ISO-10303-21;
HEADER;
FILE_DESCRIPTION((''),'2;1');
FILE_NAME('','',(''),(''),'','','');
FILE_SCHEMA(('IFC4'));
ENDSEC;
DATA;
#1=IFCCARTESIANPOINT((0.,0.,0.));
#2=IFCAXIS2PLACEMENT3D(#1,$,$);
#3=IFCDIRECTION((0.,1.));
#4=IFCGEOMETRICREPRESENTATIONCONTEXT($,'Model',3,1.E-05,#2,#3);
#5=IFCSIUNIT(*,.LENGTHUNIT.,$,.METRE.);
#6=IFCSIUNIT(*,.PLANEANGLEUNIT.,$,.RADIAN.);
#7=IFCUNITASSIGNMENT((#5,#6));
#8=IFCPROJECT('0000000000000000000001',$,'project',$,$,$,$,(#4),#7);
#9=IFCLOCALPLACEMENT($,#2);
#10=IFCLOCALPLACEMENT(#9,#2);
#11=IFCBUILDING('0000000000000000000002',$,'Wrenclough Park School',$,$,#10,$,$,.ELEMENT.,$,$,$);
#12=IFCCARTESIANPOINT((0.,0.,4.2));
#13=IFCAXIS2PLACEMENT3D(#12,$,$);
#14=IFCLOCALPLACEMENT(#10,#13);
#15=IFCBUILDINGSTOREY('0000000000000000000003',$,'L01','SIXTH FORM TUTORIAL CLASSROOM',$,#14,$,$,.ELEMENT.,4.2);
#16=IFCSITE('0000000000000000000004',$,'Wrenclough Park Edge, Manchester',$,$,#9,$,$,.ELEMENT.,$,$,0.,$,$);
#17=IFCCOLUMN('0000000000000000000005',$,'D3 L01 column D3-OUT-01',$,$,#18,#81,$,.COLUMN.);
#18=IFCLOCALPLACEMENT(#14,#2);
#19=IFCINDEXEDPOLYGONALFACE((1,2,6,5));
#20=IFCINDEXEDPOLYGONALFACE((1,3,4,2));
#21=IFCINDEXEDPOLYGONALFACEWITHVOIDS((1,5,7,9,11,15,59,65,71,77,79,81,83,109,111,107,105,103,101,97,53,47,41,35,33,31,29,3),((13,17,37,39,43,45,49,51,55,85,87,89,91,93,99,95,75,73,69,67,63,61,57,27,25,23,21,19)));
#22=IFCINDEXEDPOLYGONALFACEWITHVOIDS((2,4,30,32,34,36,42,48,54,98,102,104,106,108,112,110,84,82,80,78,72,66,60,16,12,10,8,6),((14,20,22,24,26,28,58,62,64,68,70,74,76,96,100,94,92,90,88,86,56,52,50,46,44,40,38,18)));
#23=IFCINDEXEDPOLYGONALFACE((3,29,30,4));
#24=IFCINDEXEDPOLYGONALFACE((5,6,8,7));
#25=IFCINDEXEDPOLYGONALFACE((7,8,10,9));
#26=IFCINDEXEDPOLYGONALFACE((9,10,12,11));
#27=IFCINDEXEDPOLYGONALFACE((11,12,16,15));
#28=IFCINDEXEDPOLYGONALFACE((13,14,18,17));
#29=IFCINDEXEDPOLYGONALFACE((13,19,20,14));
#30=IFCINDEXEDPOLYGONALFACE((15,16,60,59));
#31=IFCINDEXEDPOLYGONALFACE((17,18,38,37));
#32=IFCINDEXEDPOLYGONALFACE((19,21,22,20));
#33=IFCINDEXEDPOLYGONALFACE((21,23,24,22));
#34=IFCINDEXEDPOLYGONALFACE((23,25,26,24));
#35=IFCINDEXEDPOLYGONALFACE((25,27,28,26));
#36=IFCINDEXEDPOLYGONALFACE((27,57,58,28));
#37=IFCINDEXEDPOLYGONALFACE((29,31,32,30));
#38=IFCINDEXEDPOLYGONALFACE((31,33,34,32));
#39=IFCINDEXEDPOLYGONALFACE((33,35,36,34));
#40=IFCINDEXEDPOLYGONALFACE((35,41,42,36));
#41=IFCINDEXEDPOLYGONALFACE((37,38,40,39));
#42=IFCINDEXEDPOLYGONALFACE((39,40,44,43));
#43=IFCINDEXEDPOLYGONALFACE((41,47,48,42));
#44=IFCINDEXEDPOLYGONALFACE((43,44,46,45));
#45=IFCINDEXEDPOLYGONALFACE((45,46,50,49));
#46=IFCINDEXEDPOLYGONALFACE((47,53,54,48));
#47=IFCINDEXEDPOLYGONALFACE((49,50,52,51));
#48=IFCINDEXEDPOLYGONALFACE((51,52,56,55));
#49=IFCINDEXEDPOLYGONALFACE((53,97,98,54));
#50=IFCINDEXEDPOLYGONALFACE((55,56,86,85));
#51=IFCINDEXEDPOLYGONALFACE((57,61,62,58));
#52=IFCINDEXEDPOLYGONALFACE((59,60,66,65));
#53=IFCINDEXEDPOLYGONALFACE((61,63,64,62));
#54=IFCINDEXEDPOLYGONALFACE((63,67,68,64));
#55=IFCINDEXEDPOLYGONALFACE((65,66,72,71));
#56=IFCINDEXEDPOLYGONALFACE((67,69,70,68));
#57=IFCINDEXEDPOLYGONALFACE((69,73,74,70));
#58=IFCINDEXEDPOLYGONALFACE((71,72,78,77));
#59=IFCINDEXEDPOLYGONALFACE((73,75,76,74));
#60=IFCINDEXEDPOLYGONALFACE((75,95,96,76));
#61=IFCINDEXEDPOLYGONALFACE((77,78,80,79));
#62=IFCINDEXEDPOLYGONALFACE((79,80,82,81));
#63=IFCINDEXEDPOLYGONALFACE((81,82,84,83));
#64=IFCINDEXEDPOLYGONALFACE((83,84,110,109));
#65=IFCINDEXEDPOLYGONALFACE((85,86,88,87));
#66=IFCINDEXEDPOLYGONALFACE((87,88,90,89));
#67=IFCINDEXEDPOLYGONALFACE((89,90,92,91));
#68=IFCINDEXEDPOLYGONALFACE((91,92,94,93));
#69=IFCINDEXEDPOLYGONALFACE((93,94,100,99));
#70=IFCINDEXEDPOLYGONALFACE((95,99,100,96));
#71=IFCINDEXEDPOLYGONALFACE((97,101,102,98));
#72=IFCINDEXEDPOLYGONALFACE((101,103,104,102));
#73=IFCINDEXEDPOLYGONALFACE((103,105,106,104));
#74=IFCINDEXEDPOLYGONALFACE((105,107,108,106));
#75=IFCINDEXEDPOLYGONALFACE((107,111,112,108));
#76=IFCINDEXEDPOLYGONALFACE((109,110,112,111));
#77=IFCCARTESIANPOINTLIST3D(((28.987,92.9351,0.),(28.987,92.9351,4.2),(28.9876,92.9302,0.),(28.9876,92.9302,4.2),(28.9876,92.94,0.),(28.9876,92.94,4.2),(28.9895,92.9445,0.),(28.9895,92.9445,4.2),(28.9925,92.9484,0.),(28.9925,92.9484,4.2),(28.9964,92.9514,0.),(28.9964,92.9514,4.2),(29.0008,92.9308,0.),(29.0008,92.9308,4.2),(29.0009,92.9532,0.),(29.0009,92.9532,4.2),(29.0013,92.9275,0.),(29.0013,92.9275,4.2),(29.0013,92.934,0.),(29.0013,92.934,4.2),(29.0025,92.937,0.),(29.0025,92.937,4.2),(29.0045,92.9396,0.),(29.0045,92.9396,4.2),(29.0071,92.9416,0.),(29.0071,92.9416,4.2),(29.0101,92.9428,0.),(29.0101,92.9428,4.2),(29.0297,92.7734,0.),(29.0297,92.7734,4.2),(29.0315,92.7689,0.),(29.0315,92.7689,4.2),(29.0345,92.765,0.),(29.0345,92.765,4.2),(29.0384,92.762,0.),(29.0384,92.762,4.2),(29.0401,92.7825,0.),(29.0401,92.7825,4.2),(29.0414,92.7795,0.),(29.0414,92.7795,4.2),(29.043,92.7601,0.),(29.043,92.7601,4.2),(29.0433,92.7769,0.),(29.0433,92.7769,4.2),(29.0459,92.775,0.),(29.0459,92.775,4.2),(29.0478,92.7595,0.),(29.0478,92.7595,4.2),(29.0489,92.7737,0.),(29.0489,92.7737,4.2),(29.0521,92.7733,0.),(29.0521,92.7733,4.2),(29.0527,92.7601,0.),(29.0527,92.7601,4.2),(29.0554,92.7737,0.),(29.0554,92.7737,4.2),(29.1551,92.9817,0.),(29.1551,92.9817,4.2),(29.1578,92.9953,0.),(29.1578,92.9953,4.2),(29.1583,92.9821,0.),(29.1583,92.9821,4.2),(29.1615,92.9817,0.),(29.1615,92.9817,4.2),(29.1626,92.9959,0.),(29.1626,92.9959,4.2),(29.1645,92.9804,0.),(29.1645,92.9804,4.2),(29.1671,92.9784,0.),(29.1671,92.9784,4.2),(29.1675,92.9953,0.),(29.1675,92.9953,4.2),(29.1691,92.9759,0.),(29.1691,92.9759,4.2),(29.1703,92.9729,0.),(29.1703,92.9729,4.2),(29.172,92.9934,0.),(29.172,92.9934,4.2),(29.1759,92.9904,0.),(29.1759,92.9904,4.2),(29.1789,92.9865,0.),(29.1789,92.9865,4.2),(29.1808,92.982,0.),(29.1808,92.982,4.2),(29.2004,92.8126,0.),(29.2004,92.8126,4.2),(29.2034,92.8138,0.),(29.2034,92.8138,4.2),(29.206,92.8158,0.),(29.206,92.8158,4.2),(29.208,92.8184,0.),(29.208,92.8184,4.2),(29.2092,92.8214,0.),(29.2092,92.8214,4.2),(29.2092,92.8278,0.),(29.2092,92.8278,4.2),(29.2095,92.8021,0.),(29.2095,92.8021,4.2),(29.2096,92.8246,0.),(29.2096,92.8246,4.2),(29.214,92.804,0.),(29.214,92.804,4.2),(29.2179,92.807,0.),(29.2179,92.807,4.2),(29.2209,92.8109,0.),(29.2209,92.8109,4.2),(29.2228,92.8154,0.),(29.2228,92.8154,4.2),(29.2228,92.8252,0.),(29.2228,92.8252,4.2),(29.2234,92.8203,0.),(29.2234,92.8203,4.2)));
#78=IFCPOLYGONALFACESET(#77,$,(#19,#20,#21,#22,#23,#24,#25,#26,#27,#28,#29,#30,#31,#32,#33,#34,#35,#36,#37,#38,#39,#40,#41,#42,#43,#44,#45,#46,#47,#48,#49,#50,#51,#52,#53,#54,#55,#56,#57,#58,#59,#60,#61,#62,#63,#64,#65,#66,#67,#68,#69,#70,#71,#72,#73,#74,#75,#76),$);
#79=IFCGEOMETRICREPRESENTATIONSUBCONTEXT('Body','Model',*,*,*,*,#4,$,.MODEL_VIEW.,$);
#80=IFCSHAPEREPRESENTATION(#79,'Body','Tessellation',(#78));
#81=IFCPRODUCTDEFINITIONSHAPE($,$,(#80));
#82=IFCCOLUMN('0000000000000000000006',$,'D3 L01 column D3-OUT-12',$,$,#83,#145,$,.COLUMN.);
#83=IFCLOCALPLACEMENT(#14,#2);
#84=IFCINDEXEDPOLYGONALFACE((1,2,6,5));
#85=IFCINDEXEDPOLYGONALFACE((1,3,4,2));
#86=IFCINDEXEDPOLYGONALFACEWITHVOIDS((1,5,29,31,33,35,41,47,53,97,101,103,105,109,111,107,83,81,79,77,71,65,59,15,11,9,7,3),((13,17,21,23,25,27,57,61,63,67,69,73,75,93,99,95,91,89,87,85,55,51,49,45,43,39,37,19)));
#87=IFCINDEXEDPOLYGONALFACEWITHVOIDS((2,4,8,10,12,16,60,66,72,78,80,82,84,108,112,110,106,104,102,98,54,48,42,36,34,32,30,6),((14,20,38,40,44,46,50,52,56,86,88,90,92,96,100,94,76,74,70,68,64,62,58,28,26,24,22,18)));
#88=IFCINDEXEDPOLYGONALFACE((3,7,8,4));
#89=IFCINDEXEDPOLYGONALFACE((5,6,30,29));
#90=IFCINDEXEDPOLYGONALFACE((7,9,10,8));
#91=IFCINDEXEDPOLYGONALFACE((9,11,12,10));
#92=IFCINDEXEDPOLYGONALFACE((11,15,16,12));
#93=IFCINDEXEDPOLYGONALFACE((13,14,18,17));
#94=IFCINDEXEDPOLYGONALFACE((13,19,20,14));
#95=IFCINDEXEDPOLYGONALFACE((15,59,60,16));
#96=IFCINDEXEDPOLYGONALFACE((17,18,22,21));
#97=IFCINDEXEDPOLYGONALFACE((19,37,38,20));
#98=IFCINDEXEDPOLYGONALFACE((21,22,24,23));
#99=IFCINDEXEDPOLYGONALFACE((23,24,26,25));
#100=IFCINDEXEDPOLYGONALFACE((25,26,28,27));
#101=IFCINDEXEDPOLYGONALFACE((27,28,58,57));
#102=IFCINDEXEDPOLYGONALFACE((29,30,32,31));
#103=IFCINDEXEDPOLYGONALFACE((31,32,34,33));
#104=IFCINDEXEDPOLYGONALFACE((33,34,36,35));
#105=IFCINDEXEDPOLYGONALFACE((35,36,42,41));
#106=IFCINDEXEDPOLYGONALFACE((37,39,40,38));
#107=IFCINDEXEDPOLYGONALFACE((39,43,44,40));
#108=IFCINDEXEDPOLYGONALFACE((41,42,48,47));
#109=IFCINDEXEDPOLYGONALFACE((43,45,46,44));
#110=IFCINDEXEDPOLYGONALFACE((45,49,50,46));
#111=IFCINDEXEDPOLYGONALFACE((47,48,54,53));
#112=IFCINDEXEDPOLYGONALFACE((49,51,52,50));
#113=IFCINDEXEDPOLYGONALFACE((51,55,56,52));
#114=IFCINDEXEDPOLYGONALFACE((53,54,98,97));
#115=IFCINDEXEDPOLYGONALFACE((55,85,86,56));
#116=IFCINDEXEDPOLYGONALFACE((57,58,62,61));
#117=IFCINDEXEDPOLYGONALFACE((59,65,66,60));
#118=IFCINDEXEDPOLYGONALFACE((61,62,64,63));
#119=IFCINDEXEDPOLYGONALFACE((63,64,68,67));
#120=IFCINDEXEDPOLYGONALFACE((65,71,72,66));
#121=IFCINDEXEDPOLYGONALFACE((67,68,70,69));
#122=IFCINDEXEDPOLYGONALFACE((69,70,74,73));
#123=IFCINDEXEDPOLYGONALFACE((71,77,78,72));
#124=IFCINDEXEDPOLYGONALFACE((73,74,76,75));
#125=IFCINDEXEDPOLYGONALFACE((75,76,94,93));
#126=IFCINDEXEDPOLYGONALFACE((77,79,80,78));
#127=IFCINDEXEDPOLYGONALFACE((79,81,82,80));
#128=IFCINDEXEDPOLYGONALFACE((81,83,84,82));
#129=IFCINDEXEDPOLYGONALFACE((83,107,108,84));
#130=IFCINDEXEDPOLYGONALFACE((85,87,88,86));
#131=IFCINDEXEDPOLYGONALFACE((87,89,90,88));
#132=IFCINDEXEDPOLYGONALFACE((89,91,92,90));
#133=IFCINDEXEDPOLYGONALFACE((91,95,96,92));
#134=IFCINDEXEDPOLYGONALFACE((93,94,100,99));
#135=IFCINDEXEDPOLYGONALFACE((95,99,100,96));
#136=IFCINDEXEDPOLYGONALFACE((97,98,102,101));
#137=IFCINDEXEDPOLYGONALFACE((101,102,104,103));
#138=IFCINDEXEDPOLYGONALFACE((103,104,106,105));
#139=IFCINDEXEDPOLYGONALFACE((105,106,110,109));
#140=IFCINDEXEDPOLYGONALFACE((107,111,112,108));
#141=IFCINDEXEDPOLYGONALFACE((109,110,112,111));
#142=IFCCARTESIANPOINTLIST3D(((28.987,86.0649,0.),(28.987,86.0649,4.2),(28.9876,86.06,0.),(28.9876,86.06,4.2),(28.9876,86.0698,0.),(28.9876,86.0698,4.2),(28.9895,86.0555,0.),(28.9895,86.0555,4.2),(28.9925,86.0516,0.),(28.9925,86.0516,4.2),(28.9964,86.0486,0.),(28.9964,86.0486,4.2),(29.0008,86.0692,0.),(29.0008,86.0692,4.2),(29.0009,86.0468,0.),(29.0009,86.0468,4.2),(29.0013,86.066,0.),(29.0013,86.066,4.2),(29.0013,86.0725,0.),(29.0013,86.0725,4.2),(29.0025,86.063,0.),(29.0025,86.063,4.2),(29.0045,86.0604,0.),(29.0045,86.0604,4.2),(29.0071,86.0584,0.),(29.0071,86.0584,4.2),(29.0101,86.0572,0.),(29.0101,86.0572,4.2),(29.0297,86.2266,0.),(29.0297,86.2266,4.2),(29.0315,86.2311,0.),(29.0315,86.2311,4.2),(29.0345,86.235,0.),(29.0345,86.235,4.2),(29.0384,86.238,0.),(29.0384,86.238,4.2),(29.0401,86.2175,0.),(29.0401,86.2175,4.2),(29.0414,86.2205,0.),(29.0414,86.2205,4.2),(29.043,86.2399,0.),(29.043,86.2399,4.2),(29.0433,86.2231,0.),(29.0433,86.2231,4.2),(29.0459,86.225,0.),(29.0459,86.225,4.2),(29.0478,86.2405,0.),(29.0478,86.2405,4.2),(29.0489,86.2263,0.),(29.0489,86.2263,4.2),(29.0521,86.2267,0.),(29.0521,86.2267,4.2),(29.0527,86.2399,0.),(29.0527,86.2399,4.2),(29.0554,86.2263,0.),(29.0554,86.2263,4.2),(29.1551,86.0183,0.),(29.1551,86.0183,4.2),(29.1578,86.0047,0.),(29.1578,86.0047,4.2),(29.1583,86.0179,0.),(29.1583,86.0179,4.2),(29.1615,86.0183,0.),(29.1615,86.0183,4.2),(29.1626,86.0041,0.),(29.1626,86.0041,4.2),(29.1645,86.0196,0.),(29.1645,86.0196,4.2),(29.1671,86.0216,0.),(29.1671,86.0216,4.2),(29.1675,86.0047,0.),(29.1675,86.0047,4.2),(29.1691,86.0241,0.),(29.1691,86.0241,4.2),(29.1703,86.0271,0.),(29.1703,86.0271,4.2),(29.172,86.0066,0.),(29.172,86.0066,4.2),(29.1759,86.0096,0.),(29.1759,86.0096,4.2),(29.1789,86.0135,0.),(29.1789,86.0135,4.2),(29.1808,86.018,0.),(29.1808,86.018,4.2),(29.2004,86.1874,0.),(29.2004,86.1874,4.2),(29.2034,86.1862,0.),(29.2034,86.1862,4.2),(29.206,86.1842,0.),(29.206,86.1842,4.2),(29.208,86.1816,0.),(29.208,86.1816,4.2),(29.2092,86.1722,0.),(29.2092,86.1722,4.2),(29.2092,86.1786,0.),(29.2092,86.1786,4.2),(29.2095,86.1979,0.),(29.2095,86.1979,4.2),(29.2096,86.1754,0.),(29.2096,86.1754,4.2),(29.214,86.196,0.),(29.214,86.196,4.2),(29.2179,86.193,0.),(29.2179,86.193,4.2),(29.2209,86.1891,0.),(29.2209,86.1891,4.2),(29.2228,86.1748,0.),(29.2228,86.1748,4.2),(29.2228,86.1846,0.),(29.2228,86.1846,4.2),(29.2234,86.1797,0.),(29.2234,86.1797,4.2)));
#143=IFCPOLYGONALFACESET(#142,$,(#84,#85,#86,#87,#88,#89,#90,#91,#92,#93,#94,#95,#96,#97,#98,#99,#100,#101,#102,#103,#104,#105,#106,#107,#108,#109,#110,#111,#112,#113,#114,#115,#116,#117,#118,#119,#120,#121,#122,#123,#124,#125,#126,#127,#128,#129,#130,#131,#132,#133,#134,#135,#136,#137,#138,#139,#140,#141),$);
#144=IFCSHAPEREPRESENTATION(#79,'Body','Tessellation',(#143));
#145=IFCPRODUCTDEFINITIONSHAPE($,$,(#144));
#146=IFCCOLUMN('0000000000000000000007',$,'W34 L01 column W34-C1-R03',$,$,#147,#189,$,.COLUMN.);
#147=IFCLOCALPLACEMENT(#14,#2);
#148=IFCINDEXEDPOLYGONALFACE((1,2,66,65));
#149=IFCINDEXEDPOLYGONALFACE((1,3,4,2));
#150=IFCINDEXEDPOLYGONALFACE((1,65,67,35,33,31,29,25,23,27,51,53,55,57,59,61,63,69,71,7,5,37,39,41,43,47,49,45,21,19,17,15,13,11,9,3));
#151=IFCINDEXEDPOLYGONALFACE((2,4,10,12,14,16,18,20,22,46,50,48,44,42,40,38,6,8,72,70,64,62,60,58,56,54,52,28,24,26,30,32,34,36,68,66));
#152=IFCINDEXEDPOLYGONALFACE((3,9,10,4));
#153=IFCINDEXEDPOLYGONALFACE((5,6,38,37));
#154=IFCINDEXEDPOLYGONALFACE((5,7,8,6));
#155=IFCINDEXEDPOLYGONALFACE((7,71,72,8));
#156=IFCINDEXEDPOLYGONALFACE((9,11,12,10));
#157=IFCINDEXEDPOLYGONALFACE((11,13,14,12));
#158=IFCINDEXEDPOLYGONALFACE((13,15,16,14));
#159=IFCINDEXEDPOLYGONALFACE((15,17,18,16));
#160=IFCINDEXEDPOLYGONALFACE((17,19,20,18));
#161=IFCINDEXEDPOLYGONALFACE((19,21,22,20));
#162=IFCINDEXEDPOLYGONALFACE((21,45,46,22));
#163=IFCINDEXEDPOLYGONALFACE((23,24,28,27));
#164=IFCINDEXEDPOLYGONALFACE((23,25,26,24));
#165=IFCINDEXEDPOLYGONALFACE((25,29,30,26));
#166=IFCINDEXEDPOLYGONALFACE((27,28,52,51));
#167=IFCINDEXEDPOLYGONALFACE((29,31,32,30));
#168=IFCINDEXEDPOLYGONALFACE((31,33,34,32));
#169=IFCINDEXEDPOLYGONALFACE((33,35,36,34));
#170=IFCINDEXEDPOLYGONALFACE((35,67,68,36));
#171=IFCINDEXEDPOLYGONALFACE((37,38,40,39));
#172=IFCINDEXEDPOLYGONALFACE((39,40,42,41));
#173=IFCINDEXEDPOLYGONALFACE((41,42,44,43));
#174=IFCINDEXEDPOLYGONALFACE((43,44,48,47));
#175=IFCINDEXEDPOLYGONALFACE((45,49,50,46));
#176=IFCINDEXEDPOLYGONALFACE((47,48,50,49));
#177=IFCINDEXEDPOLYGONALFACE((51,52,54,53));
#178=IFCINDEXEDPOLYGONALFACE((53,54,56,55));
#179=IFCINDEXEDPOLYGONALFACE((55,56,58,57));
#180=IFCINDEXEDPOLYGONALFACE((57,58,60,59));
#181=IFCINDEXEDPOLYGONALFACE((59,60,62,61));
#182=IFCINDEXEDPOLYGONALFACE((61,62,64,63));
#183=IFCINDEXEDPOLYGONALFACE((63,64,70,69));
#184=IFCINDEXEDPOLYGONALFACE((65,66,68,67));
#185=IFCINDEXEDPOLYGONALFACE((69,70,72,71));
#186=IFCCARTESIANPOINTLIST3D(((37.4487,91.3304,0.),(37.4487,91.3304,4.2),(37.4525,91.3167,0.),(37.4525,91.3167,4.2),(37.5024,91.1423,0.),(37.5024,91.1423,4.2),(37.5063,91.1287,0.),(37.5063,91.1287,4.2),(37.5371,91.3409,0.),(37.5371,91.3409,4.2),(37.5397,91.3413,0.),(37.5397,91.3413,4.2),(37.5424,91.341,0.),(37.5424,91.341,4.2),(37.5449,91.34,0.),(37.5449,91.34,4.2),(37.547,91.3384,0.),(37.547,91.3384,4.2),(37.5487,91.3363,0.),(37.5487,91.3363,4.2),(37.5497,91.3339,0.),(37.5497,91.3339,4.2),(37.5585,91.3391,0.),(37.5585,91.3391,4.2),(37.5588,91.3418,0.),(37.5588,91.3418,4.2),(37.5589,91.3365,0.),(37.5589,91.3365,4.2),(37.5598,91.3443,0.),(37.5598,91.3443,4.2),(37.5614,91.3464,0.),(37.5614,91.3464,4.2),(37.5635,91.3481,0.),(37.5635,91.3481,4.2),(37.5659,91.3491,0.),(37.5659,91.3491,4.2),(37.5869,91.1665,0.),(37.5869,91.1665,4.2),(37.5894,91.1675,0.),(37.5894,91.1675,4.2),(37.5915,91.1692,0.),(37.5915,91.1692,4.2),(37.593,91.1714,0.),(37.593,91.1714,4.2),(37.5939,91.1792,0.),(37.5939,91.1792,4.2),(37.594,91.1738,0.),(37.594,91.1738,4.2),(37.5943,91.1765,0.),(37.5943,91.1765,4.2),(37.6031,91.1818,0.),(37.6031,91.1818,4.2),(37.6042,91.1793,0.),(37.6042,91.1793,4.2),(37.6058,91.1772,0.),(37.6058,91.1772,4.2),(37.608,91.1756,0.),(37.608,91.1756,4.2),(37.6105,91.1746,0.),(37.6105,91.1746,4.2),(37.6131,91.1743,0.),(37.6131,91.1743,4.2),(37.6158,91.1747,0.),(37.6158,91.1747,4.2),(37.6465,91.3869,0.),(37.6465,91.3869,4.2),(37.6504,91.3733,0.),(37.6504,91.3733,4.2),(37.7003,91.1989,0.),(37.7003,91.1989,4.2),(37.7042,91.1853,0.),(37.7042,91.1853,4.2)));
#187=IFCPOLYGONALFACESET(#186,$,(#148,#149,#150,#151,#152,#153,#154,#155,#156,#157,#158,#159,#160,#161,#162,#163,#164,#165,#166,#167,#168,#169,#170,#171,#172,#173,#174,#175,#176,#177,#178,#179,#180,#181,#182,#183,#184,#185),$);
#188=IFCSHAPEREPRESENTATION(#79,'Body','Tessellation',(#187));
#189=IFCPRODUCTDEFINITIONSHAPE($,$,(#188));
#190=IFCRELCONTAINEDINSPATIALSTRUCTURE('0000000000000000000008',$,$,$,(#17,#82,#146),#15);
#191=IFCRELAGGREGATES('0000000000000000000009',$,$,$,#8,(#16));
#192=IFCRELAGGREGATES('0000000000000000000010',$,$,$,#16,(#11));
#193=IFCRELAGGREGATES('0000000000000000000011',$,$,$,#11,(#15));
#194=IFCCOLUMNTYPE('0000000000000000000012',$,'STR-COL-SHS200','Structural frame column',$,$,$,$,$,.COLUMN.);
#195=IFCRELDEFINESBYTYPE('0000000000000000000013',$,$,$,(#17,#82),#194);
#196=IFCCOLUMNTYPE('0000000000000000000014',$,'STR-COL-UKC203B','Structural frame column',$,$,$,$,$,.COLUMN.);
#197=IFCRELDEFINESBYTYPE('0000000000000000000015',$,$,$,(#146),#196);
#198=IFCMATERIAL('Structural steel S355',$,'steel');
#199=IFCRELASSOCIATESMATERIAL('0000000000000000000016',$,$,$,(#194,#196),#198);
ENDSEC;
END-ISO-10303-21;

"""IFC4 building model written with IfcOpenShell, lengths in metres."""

from ifc_helpers import new_model, si_unit, direction, frame, origin, origin_2d, place, context, subcontext, project, spatial, hollow_rectangle, i_section, extrude, material, material_profile, profile_set, type_object, element, save


model = new_model("IFC4")

# Units and contexts
model_context = context("Model", 3, precision=1e-05, world=origin(), true_north=direction((0.0, 1.0)))
body_context = subcontext(model_context, "Body", "Model", "MODEL_VIEW")
ifc_project = project(units=[si_unit("LENGTHUNIT", "METRE"), si_unit("PLANEANGLEUNIT", "RADIAN")], contexts=[model_context])

# Site, building, storey
site_placement = place(None, origin())
site = spatial("IfcSite", under=ifc_project, at=site_placement, Name="Wrenclough Park Edge, Manchester", CompositionType="ELEMENT", RefElevation=0.0)
building_placement = place(site_placement, origin())
building = spatial("IfcBuilding", under=site, at=building_placement, Name="Wrenclough Park School", CompositionType="ELEMENT")
storey_placement = place(building_placement, frame((0.0, 0.0, 4.2)))
storey = spatial("IfcBuildingStorey", under=building, at=storey_placement, Name="L01", Description="SIXTH FORM TUTORIAL CLASSROOM", CompositionType="ELEMENT", Elevation=4.2)

# Columns
ifc_material_1 = material(Name="Structural steel S355", Category="steel")
ifc_material_profile_1 = material_profile(ifc_material_1, hollow_rectangle(XDim=0.2, YDim=0.2, WallThickness=0.0125, InnerFilletRadius=0.0125, OuterFilletRadius=0.0188, at=origin_2d()), Name="SHS 200x200x12.5")
ifc_profile_set_1 = profile_set([ifc_material_profile_1], Name="Structural steel S355")
column_type_1 = type_object("IfcColumnType", Name="STR-COL-SHS200", Description="Structural frame column", PredefinedType="COLUMN", material=ifc_profile_set_1)
for number, where, z_axis, x_axis, name in (
    (1, (29.1052, 92.8777, 0.0), (0.0, 0.0, 1.0), (-0.258819, 0.965926, 0.0), "D3 L01 column D3-OUT-01"),
    (2, (29.1052, 86.1223, 0.0), (0.0, 0.0, 1.0), (0.258819, 0.965926, 0.0), "D3 L01 column D3-OUT-12"),
):
    element("IfcColumn", number, at=place(storey_placement, frame(where, z_axis=z_axis, x_axis=x_axis)), inside=storey, type_object=column_type_1, Name=name, PredefinedType="COLUMN", context=body_context, shape_type="SweptSolid", body=[
        extrude(hollow_rectangle(XDim=0.2, YDim=0.2, WallThickness=0.0125, InnerFilletRadius=0.0125, OuterFilletRadius=0.0188, at=origin_2d()), origin(), (0.0, 0.0, 1.0), 4.2),
    ])
ifc_material_profile_2 = material_profile(ifc_material_1, i_section(OverallWidth=0.2058, OverallDepth=0.2097, WebThickness=0.0095, FlangeThickness=0.0142, FilletRadius=0.0103, at=origin_2d()), Name="UKC 203x203x60")
ifc_profile_set_2 = profile_set([ifc_material_profile_2], Name="Structural steel S355")
column_type_2 = type_object("IfcColumnType", Name="STR-COL-UKC203B", Description="Structural frame column", PredefinedType="COLUMN", material=ifc_profile_set_2)
column_placement = place(storey_placement, frame((37.5764, 91.2578, 0.0), z_axis=(0.0, 0.0, 1.0), x_axis=(0.961502, 0.274798, 0.0)))
element("IfcColumn", 3, at=column_placement, inside=storey, type_object=column_type_2, Name="W34 L01 column W34-C1-R03", PredefinedType="COLUMN", context=body_context, shape_type="SweptSolid", body=[
    extrude(i_section(OverallWidth=0.2058, OverallDepth=0.2097, WebThickness=0.0095, FlangeThickness=0.0142, FilletRadius=0.0103, at=origin_2d()), origin(), (0.0, 0.0, 1.0), 4.2),
])

save(model, "model.ifc")
